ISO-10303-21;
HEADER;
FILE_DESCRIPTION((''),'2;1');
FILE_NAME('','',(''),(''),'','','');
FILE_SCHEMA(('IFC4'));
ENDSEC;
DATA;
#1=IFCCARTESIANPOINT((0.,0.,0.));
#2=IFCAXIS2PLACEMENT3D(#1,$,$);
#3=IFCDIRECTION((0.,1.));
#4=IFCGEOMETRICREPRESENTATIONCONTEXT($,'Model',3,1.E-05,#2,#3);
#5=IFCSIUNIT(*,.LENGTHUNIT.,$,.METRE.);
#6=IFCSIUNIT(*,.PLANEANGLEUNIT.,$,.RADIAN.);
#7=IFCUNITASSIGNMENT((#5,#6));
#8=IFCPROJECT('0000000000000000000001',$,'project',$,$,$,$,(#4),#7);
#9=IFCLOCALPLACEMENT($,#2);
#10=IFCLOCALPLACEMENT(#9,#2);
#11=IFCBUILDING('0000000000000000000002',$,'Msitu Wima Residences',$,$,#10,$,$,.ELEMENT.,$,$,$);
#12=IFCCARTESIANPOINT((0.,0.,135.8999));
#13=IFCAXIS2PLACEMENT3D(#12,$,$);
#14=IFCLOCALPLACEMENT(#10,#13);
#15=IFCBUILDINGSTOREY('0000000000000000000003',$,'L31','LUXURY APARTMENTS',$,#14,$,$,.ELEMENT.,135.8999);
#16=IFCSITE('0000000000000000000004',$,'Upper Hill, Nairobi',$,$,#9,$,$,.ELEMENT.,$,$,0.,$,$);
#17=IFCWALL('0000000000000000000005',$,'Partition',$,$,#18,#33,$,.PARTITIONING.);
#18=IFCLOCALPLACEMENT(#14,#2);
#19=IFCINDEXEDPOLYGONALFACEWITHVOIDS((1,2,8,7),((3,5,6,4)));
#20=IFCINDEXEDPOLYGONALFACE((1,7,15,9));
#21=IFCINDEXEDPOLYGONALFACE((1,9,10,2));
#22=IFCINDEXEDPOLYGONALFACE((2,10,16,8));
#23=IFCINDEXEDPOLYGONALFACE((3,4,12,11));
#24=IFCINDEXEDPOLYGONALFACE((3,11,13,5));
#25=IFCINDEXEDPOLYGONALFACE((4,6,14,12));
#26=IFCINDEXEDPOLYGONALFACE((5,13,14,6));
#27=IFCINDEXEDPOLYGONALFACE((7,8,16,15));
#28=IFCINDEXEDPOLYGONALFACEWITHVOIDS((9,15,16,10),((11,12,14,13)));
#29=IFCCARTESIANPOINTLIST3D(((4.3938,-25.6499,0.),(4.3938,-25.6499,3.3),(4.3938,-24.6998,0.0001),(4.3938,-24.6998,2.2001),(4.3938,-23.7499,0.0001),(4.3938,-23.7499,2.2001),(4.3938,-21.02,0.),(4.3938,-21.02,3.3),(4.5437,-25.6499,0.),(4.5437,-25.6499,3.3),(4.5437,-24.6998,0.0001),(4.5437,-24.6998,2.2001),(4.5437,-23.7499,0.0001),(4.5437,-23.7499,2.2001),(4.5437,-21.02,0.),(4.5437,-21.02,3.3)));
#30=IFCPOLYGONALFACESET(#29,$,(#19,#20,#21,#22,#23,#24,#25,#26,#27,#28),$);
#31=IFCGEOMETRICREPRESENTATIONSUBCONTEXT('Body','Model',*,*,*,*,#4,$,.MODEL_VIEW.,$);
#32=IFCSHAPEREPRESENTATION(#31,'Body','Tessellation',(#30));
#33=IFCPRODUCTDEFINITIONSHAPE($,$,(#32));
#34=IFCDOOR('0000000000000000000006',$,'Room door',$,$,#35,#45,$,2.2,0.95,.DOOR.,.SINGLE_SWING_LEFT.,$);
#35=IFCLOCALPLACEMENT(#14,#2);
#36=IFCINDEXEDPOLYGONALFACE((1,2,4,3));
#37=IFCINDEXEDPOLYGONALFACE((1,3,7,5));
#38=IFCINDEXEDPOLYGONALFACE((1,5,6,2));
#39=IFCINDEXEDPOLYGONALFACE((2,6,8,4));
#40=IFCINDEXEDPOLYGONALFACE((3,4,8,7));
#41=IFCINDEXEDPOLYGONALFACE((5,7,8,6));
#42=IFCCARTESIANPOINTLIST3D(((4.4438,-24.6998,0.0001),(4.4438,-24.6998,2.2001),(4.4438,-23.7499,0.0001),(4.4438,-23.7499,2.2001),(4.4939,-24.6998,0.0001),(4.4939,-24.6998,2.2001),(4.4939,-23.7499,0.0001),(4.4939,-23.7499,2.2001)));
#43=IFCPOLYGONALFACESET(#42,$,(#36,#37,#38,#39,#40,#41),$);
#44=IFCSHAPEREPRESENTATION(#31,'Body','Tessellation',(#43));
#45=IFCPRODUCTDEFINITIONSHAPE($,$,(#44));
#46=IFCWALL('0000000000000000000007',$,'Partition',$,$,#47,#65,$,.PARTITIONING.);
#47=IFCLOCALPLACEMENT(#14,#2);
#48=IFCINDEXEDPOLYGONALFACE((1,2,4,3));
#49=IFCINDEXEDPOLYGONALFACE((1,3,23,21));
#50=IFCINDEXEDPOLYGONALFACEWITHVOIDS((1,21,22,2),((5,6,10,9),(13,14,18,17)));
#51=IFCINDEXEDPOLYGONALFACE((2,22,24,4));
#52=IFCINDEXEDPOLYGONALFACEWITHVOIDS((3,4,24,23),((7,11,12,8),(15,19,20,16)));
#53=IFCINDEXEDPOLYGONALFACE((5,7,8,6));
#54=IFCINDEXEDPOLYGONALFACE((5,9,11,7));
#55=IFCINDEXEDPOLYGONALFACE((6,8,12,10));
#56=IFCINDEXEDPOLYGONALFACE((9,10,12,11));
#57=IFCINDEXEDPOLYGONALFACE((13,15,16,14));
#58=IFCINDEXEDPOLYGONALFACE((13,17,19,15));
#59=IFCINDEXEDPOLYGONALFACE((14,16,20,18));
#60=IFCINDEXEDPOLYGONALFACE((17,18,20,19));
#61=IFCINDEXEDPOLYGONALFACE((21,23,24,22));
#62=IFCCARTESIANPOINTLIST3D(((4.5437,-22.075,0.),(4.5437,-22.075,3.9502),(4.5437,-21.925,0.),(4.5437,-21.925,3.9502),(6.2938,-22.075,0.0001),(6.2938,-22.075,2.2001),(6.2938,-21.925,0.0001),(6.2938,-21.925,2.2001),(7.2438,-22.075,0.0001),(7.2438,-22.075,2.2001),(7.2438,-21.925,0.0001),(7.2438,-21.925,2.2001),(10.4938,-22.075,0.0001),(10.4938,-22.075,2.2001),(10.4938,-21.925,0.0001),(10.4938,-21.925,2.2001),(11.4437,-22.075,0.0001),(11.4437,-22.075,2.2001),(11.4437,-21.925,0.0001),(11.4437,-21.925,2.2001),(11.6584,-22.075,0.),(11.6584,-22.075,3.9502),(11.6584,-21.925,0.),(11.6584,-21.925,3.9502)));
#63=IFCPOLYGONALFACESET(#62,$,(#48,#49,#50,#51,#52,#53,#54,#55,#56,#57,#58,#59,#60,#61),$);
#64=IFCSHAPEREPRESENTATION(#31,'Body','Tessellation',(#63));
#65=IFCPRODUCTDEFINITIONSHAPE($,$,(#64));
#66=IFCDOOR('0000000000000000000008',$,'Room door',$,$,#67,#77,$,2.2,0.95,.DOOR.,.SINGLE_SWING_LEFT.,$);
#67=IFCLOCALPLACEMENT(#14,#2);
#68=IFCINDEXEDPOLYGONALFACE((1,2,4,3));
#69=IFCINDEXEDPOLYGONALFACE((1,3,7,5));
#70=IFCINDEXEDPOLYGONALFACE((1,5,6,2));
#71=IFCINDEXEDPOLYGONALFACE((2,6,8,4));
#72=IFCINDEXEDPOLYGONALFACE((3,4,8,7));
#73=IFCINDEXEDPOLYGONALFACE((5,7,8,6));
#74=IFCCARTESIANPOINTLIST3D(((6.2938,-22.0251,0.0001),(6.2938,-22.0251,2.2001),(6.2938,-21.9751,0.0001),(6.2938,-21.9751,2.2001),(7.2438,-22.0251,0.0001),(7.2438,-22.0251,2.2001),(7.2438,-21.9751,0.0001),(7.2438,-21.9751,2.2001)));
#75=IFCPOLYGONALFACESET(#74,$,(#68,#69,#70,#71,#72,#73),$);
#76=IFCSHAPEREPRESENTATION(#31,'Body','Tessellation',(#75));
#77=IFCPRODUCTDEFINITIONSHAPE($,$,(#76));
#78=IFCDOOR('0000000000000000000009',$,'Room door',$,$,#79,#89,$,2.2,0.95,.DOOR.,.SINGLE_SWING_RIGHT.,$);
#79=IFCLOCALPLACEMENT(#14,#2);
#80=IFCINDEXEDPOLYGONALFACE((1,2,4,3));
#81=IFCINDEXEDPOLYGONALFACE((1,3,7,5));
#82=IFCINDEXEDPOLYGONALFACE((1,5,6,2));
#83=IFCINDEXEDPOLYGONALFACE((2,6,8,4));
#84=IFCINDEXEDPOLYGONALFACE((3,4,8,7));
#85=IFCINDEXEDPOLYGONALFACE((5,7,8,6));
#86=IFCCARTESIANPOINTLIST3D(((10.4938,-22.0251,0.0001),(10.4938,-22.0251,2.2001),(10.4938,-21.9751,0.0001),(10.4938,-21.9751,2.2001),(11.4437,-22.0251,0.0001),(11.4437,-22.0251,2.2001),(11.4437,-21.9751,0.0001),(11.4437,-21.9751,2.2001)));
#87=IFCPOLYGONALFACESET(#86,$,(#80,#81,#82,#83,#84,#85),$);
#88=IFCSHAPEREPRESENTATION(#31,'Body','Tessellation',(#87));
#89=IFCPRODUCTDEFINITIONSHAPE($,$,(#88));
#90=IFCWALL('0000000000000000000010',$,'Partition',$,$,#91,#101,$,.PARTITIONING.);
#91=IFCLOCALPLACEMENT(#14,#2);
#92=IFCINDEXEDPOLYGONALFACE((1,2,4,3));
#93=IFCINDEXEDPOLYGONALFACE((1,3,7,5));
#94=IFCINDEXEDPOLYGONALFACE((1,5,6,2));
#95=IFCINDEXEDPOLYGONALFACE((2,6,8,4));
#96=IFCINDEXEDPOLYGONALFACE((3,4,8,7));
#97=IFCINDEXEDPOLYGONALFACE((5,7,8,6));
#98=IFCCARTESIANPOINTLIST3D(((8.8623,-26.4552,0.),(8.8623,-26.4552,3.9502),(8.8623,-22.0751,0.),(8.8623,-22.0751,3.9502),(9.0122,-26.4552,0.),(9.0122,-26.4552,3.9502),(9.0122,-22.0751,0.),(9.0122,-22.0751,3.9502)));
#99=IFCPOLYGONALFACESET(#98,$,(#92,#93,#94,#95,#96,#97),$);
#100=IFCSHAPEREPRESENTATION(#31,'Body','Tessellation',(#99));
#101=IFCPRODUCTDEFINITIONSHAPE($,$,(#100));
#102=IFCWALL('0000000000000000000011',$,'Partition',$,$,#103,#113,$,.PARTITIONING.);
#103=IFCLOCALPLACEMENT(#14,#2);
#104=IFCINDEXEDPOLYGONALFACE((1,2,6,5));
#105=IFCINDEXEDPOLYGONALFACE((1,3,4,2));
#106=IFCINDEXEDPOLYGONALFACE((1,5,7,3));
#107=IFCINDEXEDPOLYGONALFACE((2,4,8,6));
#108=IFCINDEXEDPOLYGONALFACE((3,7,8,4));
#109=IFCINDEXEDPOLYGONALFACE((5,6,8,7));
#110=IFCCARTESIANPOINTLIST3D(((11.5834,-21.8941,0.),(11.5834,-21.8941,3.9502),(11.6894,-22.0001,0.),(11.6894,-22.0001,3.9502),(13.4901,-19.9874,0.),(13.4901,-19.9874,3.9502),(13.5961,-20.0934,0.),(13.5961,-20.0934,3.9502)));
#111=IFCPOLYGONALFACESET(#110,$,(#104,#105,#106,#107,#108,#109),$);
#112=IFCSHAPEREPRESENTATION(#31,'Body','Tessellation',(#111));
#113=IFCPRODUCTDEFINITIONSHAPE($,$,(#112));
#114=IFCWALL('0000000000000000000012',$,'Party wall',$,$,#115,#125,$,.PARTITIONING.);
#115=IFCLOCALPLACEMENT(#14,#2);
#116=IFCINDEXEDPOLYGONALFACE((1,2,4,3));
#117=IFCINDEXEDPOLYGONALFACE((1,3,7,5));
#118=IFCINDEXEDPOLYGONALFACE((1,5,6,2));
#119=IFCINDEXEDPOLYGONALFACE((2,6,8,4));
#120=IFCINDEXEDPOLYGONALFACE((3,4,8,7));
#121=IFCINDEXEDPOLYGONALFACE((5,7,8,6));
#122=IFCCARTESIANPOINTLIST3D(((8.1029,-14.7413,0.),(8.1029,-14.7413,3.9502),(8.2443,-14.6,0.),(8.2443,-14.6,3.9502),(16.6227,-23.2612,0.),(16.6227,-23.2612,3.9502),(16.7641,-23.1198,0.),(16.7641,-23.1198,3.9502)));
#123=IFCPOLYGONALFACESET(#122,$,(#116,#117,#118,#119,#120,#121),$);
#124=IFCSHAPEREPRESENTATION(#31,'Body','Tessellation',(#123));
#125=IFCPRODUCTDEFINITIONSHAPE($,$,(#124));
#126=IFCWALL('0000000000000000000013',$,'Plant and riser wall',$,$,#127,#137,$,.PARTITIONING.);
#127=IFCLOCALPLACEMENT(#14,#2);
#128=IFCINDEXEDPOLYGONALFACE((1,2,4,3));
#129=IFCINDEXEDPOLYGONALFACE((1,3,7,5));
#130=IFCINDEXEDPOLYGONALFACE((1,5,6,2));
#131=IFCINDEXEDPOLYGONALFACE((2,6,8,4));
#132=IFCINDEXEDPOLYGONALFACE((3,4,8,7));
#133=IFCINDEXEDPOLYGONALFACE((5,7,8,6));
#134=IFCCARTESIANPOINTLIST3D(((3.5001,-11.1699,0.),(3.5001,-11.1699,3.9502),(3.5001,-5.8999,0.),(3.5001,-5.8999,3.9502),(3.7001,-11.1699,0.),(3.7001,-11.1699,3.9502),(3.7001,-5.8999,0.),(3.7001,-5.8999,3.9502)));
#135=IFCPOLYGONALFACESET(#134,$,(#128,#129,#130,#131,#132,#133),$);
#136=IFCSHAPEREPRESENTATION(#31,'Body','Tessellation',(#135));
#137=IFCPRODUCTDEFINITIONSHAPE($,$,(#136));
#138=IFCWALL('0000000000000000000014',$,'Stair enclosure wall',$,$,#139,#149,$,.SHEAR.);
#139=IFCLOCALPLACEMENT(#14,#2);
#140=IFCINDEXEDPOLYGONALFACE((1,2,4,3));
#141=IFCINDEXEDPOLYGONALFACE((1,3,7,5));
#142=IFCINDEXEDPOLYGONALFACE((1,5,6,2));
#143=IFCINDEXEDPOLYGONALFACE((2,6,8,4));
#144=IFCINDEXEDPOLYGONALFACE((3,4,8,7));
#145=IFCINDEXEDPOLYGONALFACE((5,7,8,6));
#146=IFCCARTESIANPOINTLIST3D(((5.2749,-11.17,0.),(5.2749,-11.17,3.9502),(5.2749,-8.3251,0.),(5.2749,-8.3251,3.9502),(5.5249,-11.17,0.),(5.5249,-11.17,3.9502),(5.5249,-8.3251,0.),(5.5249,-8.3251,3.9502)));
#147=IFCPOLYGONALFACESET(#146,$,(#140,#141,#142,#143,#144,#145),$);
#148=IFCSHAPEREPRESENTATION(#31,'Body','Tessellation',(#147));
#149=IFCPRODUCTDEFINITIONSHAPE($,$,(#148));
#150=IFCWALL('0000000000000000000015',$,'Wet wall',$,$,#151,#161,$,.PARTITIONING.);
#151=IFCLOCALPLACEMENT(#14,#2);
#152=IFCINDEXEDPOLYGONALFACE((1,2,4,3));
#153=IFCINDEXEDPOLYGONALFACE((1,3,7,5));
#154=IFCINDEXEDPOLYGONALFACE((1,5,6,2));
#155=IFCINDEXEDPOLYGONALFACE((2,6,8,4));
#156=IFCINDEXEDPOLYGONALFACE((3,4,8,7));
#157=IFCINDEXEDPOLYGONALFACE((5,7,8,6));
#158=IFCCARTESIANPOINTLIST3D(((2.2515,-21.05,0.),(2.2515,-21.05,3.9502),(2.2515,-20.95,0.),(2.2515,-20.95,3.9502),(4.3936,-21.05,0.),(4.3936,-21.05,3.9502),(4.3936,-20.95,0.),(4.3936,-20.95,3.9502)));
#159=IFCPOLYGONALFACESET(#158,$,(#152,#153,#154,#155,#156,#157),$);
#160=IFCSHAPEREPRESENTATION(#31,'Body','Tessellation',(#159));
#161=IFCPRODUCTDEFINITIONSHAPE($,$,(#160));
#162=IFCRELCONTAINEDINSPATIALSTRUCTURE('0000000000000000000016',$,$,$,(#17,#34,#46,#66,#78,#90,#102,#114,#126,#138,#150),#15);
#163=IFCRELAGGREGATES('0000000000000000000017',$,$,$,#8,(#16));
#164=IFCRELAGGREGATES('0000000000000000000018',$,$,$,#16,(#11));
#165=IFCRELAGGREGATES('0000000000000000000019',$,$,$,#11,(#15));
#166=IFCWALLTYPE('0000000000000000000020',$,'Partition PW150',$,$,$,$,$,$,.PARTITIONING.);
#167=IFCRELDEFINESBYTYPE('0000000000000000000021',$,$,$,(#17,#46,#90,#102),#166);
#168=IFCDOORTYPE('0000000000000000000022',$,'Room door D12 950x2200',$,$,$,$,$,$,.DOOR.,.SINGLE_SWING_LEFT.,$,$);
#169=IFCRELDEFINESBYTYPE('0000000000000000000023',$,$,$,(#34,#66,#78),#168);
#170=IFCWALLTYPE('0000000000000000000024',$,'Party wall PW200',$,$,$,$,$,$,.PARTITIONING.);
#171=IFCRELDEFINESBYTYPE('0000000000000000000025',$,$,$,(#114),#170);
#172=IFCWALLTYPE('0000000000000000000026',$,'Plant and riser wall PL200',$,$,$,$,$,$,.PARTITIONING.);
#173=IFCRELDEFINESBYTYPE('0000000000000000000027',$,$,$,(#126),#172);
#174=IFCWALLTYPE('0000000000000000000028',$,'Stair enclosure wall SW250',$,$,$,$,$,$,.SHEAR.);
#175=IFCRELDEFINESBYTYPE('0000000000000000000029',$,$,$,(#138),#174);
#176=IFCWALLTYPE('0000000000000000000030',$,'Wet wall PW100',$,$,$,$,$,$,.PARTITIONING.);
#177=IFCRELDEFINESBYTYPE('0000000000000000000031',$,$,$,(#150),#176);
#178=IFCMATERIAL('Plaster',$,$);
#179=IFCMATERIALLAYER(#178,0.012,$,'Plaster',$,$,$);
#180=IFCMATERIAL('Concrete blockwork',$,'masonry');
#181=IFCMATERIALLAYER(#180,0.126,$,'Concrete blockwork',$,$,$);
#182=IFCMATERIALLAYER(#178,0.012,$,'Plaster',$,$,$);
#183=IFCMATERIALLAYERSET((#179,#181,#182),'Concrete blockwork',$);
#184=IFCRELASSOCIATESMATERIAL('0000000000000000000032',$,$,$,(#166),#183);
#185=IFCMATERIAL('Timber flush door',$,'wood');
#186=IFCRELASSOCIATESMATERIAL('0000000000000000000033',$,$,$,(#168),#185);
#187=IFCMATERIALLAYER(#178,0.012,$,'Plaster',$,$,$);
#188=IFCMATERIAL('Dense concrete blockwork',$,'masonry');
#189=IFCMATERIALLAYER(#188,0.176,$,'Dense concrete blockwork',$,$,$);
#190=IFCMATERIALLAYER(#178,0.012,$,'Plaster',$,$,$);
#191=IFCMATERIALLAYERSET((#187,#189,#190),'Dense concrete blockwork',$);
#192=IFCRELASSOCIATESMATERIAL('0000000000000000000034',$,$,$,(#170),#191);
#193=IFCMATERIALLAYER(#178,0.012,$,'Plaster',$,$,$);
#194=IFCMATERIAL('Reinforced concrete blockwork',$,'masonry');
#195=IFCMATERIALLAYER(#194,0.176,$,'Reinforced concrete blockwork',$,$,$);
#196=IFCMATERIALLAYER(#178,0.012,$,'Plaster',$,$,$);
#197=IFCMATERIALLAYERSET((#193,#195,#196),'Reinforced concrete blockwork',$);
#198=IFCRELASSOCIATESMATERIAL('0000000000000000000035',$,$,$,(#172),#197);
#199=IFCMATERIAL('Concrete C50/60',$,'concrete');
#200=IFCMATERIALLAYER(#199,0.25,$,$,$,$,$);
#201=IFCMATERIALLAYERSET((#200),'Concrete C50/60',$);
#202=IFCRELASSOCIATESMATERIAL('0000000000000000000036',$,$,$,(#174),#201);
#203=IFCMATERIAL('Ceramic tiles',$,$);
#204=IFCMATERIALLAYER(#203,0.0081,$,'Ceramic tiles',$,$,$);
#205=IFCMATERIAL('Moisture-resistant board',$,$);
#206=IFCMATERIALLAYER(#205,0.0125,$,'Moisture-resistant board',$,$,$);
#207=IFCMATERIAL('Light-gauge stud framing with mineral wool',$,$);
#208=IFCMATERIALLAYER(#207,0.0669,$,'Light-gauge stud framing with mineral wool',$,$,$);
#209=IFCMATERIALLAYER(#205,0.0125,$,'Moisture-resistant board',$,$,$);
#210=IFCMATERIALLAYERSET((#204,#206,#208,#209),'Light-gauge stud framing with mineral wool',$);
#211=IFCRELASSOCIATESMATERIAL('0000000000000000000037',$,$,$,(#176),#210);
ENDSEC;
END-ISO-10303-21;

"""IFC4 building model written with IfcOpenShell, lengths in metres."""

from ifc_helpers import new_model, si_unit, direction, frame, frame_2d, origin, place, context, subcontext, project, spatial, rectangle, extrude, material, layer, layer_set, type_object, element, fill, save


model = new_model("IFC4")

# Units and contexts
model_context = context("Model", 3, precision=1e-05, world=origin(), true_north=direction((0.0, 1.0)))
body_context = subcontext(model_context, "Body", "Model", "MODEL_VIEW")
ifc_project = project(units=[si_unit("LENGTHUNIT", "METRE"), si_unit("PLANEANGLEUNIT", "RADIAN")], contexts=[model_context])

# Site, building, storey
site_placement = place(None, origin())
site = spatial("IfcSite", under=ifc_project, at=site_placement, Name="Upper Hill, Nairobi", CompositionType="ELEMENT", RefElevation=0.0)
building_placement = place(site_placement, origin())
building = spatial("IfcBuilding", under=site, at=building_placement, Name="Msitu Wima Residences", CompositionType="ELEMENT")
storey_placement = place(building_placement, frame((0.0, 0.0, 135.8999)))
storey = spatial("IfcBuildingStorey", under=building, at=storey_placement, Name="L31", Description="LUXURY APARTMENTS", CompositionType="ELEMENT", Elevation=135.8999)

# Shared definitions
ifc_material_1 = material(Name="Concrete C50/60", Category="concrete")

# Wall, opening, door
ifc_material_2 = material(Name="Plaster")
ifc_layer_1 = layer(ifc_material_2, 0.012, Name="Plaster")
ifc_material_3 = material(Name="Concrete blockwork", Category="masonry")
ifc_layer_2 = layer(ifc_material_3, 0.126, Name="Concrete blockwork")
ifc_layer_3 = layer(ifc_material_2, 0.012, Name="Plaster")
ifc_layer_set_1 = layer_set([ifc_layer_1, ifc_layer_2, ifc_layer_3], Name="Concrete blockwork")
wall_type_1 = type_object("IfcWallType", Name="Partition PW150", PredefinedType="PARTITIONING", material=ifc_layer_set_1)
wall_1_placement = place(storey_placement, frame((4.4688, -25.6499, 0.0), z_axis=(0.0, 0.0, 1.0), x_axis=(0.0, 1.0, 0.0)))
wall_1 = element("IfcWall", 1, at=wall_1_placement, inside=storey, type_object=wall_type_1, Name="Partition", PredefinedType="PARTITIONING", context=body_context, shape_type="SweptSolid", body=[
    extrude(rectangle(XDim=4.6299, YDim=0.1499, at=frame_2d((2.3149, 0.0))), origin(), (0.0, 0.0, 1.0), 3.3),
])
opening_1_placement = place(wall_1_placement, frame((0.95, 0.0, 0.0)))
opening_1 = element("IfcOpeningElement", 2, at=opening_1_placement, cuts=wall_1, PredefinedType="OPENING", context=body_context, shape_type="SweptSolid", body=[
    extrude(rectangle(XDim=0.95, YDim=2.2, at=frame_2d((0.4751, 1.1001))), frame((0.0, 0.085, 0.0), z_axis=(0.0, -1.0, 0.0), x_axis=(1.0, 0.0, 0.0)), (0.0, 0.0, 1.0), 0.1699),
])
ifc_material_4 = material(Name="Timber flush door", Category="wood")
door_type_1 = type_object("IfcDoorType", Name="Room door D12 950x2200", OperationType="SINGLE_SWING_LEFT", PredefinedType="DOOR", material=ifc_material_4)
door_1_placement = place(opening_1_placement, origin())
door_1 = element("IfcDoor", 3, at=door_1_placement, inside=storey, type_object=door_type_1, Name="Room door", OperationType="SINGLE_SWING_LEFT", OverallHeight=2.2, OverallWidth=0.95, PredefinedType="DOOR", context=body_context, shape_type="SweptSolid", body=[
    extrude(rectangle(XDim=0.95, YDim=2.2, at=frame_2d((0.4751, 1.1001))), frame((0.0, 0.0249, 0.0), z_axis=(0.0, -1.0, 0.0), x_axis=(1.0, 0.0, 0.0)), (0.0, 0.0, 1.0), 0.05),
])
fill(opening_1, door_1)

# Wall, openings, doors
wall_2_placement = place(storey_placement, frame((4.5437, -22.0, 0.0), z_axis=(0.0, 0.0, 1.0), x_axis=(1.0, 0.0, 0.0)))
wall_2 = element("IfcWall", 4, at=wall_2_placement, inside=storey, type_object=wall_type_1, Name="Partition", PredefinedType="PARTITIONING", context=body_context, shape_type="SweptSolid", body=[
    extrude(rectangle(XDim=7.1147, YDim=0.1499, at=frame_2d((3.5574, 0.0))), origin(), (0.0, 0.0, 1.0), 3.9502),
])
opening_2_placement = place(wall_2_placement, frame((1.75, 0.0, 0.0)))
opening_2 = element("IfcOpeningElement", 5, at=opening_2_placement, cuts=wall_2, PredefinedType="OPENING", context=body_context, shape_type="SweptSolid", body=[
    extrude(rectangle(XDim=0.95, YDim=2.2, at=frame_2d((0.4751, 1.1001))), frame((0.0, 0.085, 0.0), z_axis=(0.0, -1.0, 0.0), x_axis=(1.0, 0.0, 0.0)), (0.0, 0.0, 1.0), 0.1699),
])
opening_3_placement = place(wall_2_placement, frame((5.95, 0.0, 0.0)))
opening_3 = element("IfcOpeningElement", 6, at=opening_3_placement, cuts=wall_2, PredefinedType="OPENING", context=body_context, shape_type="SweptSolid", body=[
    extrude(rectangle(XDim=0.95, YDim=2.2, at=frame_2d((0.4751, 1.1001))), frame((0.0, 0.085, 0.0), z_axis=(0.0, -1.0, 0.0), x_axis=(1.0, 0.0, 0.0)), (0.0, 0.0, 1.0), 0.1699),
])
door_2_placement = place(opening_2_placement, origin())
door_2 = element("IfcDoor", 7, at=door_2_placement, inside=storey, type_object=door_type_1, Name="Room door", OperationType="SINGLE_SWING_LEFT", OverallHeight=2.2, OverallWidth=0.95, PredefinedType="DOOR", context=body_context, shape_type="SweptSolid", body=[
    extrude(rectangle(XDim=0.95, YDim=2.2, at=frame_2d((0.4751, 1.1001))), frame((0.0, 0.0249, 0.0), z_axis=(0.0, -1.0, 0.0), x_axis=(1.0, 0.0, 0.0)), (0.0, 0.0, 1.0), 0.05),
])
fill(opening_2, door_2)
door_3_placement = place(opening_3_placement, origin())
door_3 = element("IfcDoor", 8, at=door_3_placement, inside=storey, type_object=door_type_1, Name="Room door", OperationType="SINGLE_SWING_RIGHT", OverallHeight=2.2, OverallWidth=0.95, PredefinedType="DOOR", context=body_context, shape_type="SweptSolid", body=[
    extrude(rectangle(XDim=0.95, YDim=2.2, at=frame_2d((0.4751, 1.1001))), frame((0.0, 0.0249, 0.0), z_axis=(0.0, -1.0, 0.0), x_axis=(1.0, 0.0, 0.0)), (0.0, 0.0, 1.0), 0.05),
])
fill(opening_3, door_3)

# Walls
wall_3_placement = place(storey_placement, frame((8.9373, -26.4551, 0.0), z_axis=(0.0, 0.0, 1.0), x_axis=(0.0, 1.0, 0.0)))
element("IfcWall", 9, at=wall_3_placement, inside=storey, type_object=wall_type_1, Name="Partition", PredefinedType="PARTITIONING", context=body_context, shape_type="SweptSolid", body=[
    extrude(rectangle(XDim=4.3801, YDim=0.1499, at=frame_2d((2.1899, 0.0))), origin(), (0.0, 0.0, 1.0), 3.9502),
])
wall_4_placement = place(storey_placement, frame((11.6365, -21.947, 0.0), z_axis=(0.0, 0.0, 1.0), x_axis=(0.707107, 0.707107, 0.0)))
element("IfcWall", 10, at=wall_4_placement, inside=storey, type_object=wall_type_1, Name="Partition", PredefinedType="PARTITIONING", context=body_context, shape_type="SweptSolid", body=[
    extrude(rectangle(XDim=2.6965, YDim=0.1499, at=frame_2d((1.3481, 0.0))), origin(), (0.0, 0.0, 1.0), 3.9502),
])
ifc_layer_4 = layer(ifc_material_2, 0.012, Name="Plaster")
ifc_material_5 = material(Name="Dense concrete blockwork", Category="masonry")
ifc_layer_5 = layer(ifc_material_5, 0.176, Name="Dense concrete blockwork")
ifc_layer_6 = layer(ifc_material_2, 0.012, Name="Plaster")
ifc_layer_set_2 = layer_set([ifc_layer_4, ifc_layer_5, ifc_layer_6], Name="Dense concrete blockwork")
wall_type_2 = type_object("IfcWallType", Name="Party wall PW200", PredefinedType="PARTITIONING", material=ifc_layer_set_2)
wall_5_placement = place(storey_placement, frame((8.1736, -14.6707, 0.0), z_axis=(0.0, 0.0, 1.0), x_axis=(0.707107, -0.707107, 0.0)))
element("IfcWall", 11, at=wall_5_placement, inside=storey, type_object=wall_type_2, Name="Party wall", PredefinedType="PARTITIONING", context=body_context, shape_type="SweptSolid", body=[
    extrude(rectangle(XDim=12.0488, YDim=0.2, at=frame_2d((6.0244, 0.0))), origin(), (0.0, 0.0, 1.0), 3.9502),
])
ifc_layer_7 = layer(ifc_material_2, 0.012, Name="Plaster")
ifc_material_6 = material(Name="Reinforced concrete blockwork", Category="masonry")
ifc_layer_8 = layer(ifc_material_6, 0.176, Name="Reinforced concrete blockwork")
ifc_layer_9 = layer(ifc_material_2, 0.012, Name="Plaster")
ifc_layer_set_3 = layer_set([ifc_layer_7, ifc_layer_8, ifc_layer_9], Name="Reinforced concrete blockwork")
wall_type_3 = type_object("IfcWallType", Name="Plant and riser wall PL200", PredefinedType="PARTITIONING", material=ifc_layer_set_3)
wall_6_placement = place(storey_placement, frame((3.6001, -11.1699, 0.0), z_axis=(0.0, 0.0, 1.0), x_axis=(0.0, 1.0, 0.0)))
element("IfcWall", 12, at=wall_6_placement, inside=storey, type_object=wall_type_3, Name="Plant and riser wall", PredefinedType="PARTITIONING", context=body_context, shape_type="SweptSolid", body=[
    extrude(rectangle(XDim=5.27, YDim=0.2, at=frame_2d((2.635, 0.0))), origin(), (0.0, 0.0, 1.0), 3.9502),
])
ifc_layer_10 = layer(ifc_material_1, 0.25)
ifc_layer_set_4 = layer_set([ifc_layer_10], Name="Concrete C50/60")
wall_type_4 = type_object("IfcWallType", Name="Stair enclosure wall SW250", PredefinedType="SHEAR", material=ifc_layer_set_4)
wall_7_placement = place(storey_placement, frame((5.3999, -11.1699, 0.0), z_axis=(0.0, 0.0, 1.0), x_axis=(0.0, 1.0, 0.0)))
element("IfcWall", 13, at=wall_7_placement, inside=storey, type_object=wall_type_4, Name="Stair enclosure wall", PredefinedType="SHEAR", context=body_context, shape_type="SweptSolid", body=[
    extrude(rectangle(XDim=2.845, YDim=0.25, at=frame_2d((1.4224, 0.0))), origin(), (0.0, 0.0, 1.0), 3.9502),
])
ifc_material_7 = material(Name="Ceramic tiles")
ifc_layer_11 = layer(ifc_material_7, 0.0081, Name="Ceramic tiles")
ifc_material_8 = material(Name="Moisture-resistant board")
ifc_layer_12 = layer(ifc_material_8, 0.0125, Name="Moisture-resistant board")
ifc_material_9 = material(Name="Light-gauge stud framing with mineral wool")
ifc_layer_13 = layer(ifc_material_9, 0.0669, Name="Light-gauge stud framing with mineral wool")
ifc_layer_14 = layer(ifc_material_8, 0.0125, Name="Moisture-resistant board")
ifc_layer_set_5 = layer_set([ifc_layer_11, ifc_layer_12, ifc_layer_13, ifc_layer_14], Name="Light-gauge stud framing with mineral wool")
wall_type_5 = type_object("IfcWallType", Name="Wet wall PW100", PredefinedType="PARTITIONING", material=ifc_layer_set_5)
wall_8_placement = place(storey_placement, frame((2.2515, -21.0, 0.0), z_axis=(0.0, 0.0, 1.0), x_axis=(1.0, 0.0, 0.0)))
element("IfcWall", 14, at=wall_8_placement, inside=storey, type_object=wall_type_5, Name="Wet wall", PredefinedType="PARTITIONING", context=body_context, shape_type="SweptSolid", body=[
    extrude(rectangle(XDim=2.1421, YDim=0.1001, at=frame_2d((1.071, 0.0))), origin(), (0.0, 0.0, 1.0), 3.9502),
])

save(model, "model.ifc")
